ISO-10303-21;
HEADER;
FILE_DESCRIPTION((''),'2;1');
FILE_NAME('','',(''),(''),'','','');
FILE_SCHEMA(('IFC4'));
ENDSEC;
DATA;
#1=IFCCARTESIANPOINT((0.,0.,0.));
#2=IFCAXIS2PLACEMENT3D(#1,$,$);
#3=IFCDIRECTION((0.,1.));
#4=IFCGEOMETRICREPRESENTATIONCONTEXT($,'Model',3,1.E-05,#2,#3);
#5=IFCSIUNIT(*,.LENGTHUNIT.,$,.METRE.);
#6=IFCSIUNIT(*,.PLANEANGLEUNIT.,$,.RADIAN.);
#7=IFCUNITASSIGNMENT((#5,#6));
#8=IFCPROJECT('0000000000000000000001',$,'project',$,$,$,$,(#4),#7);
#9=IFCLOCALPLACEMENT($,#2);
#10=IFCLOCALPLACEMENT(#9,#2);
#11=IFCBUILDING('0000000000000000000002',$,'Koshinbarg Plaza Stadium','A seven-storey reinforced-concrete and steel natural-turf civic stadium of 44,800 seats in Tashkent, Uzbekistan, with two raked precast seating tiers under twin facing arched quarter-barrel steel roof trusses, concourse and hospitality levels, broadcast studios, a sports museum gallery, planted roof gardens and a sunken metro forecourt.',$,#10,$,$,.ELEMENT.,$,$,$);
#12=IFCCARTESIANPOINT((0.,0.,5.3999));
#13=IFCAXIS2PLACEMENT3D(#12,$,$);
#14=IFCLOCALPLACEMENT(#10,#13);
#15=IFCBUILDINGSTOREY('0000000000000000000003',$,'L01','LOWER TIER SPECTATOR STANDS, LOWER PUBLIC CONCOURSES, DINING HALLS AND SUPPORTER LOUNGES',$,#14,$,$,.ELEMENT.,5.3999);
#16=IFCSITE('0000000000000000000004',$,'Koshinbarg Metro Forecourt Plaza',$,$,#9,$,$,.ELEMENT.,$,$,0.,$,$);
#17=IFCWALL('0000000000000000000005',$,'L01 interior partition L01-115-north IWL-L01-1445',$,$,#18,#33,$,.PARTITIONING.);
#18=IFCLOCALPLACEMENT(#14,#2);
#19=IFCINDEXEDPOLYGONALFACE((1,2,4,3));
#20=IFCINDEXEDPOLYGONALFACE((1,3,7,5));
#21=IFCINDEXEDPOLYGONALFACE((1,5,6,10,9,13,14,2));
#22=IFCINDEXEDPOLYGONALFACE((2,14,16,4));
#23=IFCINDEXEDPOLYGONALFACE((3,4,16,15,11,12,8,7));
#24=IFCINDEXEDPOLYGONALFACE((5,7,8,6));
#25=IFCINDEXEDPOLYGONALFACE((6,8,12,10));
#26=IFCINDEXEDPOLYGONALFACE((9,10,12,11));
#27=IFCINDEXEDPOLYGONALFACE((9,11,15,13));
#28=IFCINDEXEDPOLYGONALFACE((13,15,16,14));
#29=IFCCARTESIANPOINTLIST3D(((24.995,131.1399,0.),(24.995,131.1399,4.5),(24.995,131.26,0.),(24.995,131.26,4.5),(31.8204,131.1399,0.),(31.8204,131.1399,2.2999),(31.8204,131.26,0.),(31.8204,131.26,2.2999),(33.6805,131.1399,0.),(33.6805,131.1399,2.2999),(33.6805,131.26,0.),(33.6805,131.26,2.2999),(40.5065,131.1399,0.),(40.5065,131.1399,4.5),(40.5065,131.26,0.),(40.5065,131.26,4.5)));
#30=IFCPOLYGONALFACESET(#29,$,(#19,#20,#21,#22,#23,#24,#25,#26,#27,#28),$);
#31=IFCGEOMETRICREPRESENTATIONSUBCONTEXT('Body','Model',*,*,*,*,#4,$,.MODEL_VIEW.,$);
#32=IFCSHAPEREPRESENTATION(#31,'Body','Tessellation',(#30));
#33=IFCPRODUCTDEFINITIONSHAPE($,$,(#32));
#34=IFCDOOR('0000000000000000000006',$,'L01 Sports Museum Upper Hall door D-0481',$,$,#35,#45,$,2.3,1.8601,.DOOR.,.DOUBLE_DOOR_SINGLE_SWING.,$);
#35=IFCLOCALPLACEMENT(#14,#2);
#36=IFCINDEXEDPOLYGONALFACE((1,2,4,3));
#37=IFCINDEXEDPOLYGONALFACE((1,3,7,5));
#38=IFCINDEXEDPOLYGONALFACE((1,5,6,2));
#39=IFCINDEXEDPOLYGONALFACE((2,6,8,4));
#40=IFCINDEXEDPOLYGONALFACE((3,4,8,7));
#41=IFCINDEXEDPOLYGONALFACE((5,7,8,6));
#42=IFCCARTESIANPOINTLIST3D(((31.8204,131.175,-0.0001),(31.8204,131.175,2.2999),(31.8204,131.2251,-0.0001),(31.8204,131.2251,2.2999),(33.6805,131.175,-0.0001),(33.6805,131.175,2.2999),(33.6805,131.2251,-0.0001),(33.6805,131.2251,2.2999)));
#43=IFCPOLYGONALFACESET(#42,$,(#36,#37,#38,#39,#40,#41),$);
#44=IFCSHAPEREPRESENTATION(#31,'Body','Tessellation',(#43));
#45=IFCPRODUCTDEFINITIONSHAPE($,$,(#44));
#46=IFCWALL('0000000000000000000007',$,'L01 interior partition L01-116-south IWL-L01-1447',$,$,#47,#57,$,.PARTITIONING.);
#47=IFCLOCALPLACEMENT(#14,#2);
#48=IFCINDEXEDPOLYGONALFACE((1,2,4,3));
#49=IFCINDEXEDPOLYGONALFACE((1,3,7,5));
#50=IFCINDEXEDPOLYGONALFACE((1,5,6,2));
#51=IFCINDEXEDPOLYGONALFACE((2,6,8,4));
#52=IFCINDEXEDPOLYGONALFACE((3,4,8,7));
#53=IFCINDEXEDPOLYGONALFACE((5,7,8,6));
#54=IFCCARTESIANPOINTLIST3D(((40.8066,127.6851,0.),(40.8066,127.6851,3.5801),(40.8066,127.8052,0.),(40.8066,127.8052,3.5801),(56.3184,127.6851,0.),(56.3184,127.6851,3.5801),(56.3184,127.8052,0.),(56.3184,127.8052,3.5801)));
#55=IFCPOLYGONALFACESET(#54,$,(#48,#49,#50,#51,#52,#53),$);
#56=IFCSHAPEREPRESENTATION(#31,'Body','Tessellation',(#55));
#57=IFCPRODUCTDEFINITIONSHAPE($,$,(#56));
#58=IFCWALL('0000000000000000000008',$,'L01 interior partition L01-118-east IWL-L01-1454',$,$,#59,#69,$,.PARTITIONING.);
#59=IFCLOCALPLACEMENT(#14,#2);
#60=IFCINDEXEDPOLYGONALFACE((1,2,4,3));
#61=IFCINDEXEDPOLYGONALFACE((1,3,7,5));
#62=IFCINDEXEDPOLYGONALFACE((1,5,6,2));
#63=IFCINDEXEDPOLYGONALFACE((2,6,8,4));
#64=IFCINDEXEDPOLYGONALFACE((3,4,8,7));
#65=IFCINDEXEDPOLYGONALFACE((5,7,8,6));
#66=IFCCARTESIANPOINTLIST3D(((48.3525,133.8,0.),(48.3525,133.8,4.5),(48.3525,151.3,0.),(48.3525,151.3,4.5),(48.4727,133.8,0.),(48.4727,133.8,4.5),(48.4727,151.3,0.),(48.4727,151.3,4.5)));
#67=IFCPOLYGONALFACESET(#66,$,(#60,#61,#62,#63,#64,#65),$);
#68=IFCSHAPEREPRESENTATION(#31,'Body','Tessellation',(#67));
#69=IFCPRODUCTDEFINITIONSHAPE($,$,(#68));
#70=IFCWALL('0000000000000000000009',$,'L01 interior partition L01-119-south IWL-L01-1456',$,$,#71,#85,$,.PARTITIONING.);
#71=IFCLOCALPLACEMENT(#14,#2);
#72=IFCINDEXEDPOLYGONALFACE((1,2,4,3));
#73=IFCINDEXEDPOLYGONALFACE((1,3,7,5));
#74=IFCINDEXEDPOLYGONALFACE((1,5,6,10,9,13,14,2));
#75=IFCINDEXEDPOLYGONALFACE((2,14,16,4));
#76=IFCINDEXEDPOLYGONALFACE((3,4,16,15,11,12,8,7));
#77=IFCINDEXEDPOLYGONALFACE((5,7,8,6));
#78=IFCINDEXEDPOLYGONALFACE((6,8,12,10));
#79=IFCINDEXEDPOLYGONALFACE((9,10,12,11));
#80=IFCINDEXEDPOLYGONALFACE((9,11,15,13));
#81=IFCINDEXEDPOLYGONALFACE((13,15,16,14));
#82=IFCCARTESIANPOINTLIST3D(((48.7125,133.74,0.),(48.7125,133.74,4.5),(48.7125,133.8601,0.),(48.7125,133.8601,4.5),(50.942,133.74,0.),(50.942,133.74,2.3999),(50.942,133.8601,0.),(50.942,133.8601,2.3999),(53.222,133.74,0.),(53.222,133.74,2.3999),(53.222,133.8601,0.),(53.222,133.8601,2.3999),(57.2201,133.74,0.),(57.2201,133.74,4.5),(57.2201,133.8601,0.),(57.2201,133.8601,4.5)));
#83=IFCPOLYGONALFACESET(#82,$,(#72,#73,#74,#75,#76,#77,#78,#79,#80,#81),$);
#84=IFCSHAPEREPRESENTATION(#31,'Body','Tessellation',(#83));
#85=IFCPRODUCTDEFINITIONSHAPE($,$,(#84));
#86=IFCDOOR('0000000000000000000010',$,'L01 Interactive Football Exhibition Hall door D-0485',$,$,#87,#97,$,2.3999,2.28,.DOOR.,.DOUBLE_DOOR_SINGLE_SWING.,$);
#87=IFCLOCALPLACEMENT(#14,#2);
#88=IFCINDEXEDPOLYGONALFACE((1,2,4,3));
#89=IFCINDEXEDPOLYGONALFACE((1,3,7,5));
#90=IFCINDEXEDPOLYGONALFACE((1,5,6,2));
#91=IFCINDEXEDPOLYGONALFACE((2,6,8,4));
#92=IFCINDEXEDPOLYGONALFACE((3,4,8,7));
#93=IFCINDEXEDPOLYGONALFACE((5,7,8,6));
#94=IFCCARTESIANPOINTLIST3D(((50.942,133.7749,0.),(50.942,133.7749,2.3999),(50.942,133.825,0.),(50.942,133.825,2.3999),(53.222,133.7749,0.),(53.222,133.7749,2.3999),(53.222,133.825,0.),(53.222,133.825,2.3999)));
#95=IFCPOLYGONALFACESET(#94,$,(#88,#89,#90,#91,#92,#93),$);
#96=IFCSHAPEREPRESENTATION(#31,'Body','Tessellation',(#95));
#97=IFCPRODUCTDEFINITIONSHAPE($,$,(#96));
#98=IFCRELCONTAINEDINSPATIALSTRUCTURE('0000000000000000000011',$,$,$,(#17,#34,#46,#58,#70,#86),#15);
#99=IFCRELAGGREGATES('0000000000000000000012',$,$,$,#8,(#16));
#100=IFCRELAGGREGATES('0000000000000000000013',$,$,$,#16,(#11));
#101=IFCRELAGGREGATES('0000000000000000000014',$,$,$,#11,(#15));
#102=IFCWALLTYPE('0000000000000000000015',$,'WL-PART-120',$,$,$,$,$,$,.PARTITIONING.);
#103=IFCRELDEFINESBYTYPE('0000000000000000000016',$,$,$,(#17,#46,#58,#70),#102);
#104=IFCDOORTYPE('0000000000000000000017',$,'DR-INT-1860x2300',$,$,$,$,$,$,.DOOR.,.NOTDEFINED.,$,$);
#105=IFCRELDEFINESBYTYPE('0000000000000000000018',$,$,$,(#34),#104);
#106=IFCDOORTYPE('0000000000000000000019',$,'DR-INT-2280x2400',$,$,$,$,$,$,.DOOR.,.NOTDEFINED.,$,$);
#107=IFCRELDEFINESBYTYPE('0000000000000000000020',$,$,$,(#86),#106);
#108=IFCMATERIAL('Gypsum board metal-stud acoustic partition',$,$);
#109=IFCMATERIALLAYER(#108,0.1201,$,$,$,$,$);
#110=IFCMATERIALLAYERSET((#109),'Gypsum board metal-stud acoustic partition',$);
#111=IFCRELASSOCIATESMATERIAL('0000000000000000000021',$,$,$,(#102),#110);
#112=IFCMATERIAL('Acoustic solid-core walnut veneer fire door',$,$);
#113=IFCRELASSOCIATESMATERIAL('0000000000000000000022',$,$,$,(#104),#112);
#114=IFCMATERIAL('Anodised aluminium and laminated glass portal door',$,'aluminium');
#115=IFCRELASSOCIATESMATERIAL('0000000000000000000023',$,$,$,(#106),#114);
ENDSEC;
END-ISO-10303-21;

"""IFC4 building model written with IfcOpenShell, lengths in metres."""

from ifc_helpers import new_model, si_unit, direction, frame, frame_2d, origin, place, context, subcontext, project, spatial, rectangle, extrude, material, layer, layer_set, type_object, element, fill, save


model = new_model("IFC4")

# Units and contexts
model_context = context("Model", 3, precision=1e-05, world=origin(), true_north=direction((0.0, 1.0)))
body_context = subcontext(model_context, "Body", "Model", "MODEL_VIEW")
ifc_project = project(units=[si_unit("LENGTHUNIT", "METRE"), si_unit("PLANEANGLEUNIT", "RADIAN")], contexts=[model_context])

# Site, building, storey
site_placement = place(None, origin())
site = spatial("IfcSite", under=ifc_project, at=site_placement, Name="Koshinbarg Metro Forecourt Plaza", CompositionType="ELEMENT", RefElevation=0.0)
building_placement = place(site_placement, origin())
building = spatial("IfcBuilding", under=site, at=building_placement, Name="Koshinbarg Plaza Stadium", Description="A seven-storey reinforced-concrete and steel natural-turf civic stadium of 44,800 seats in Tashkent, Uzbekistan, with two raked precast seating tiers under twin facing arched quarter-barrel steel roof trusses, concourse and hospitality levels, broadcast studios, a sports museum gallery, planted roof gardens and a sunken metro forecourt.", CompositionType="ELEMENT")
storey_placement = place(building_placement, frame((0.0, 0.0, 5.3999)))
storey = spatial("IfcBuildingStorey", under=building, at=storey_placement, Name="L01", Description="LOWER TIER SPECTATOR STANDS, LOWER PUBLIC CONCOURSES, DINING HALLS AND SUPPORTER LOUNGES", CompositionType="ELEMENT", Elevation=5.3999)

# Shared definitions
ifc_material_1 = material(Name="Gypsum board metal-stud acoustic partition")
ifc_layer_1 = layer(ifc_material_1, 0.1201)
ifc_layer_set_1 = layer_set([ifc_layer_1], Name="Gypsum board metal-stud acoustic partition")
wall_type_1 = type_object("IfcWallType", Name="WL-PART-120", PredefinedType="PARTITIONING", material=ifc_layer_set_1)

# Wall, opening, door
wall_1_placement = place(storey_placement, frame((40.5066, 131.2, 0.0), z_axis=(0.0, 0.0, 1.0), x_axis=(-1.0, 0.0, 0.0)))
wall_1 = element("IfcWall", 1, at=wall_1_placement, inside=storey, type_object=wall_type_1, Name="L01 interior partition L01-115-north IWL-L01-1445", PredefinedType="PARTITIONING", context=body_context, shape_type="SweptSolid", body=[
    extrude(rectangle(XDim=15.5115, YDim=0.1201, at=frame_2d((7.7559, 0.0))), origin(), (0.0, 0.0, 1.0), 4.5),
])
opening_1_placement = place(wall_1_placement, frame((6.8259, 0.0, 0.0)))
opening_1 = element("IfcOpeningElement", 2, at=opening_1_placement, cuts=wall_1, PredefinedType="OPENING", context=body_context, shape_type="SweptSolid", body=[
    extrude(rectangle(XDim=1.8601, YDim=2.3, at=frame_2d((0.9302, 1.1499))), frame((0.0, 0.0701, 0.0), z_axis=(0.0, -1.0, 0.0), x_axis=(1.0, 0.0, 0.0)), (0.0, 0.0, 1.0), 0.1401),
])
ifc_material_2 = material(Name="Acoustic solid-core walnut veneer fire door")
door_type_1 = type_object("IfcDoorType", Name="DR-INT-1860x2300", OperationType="NOTDEFINED", PredefinedType="DOOR", material=ifc_material_2)
door_1_placement = place(opening_1_placement, origin())
door_1 = element("IfcDoor", 3, at=door_1_placement, inside=storey, type_object=door_type_1, Name="L01 Sports Museum Upper Hall door D-0481", OperationType="DOUBLE_DOOR_SINGLE_SWING", OverallHeight=2.3, OverallWidth=1.8601, PredefinedType="DOOR", context=body_context, shape_type="SweptSolid", body=[
    extrude(rectangle(XDim=1.8601, YDim=2.3, at=frame_2d((0.9302, 1.1499))), frame((0.0, 0.0249, 0.0), z_axis=(0.0, -1.0, 0.0), x_axis=(1.0, 0.0, 0.0)), (0.0, 0.0, 1.0), 0.05),
])
fill(opening_1, door_1)

# Walls
wall_2_placement = place(storey_placement, frame((40.8066, 127.7451, 0.0), z_axis=(0.0, 0.0, 1.0), x_axis=(1.0, 0.0, 0.0)))
element("IfcWall", 4, at=wall_2_placement, inside=storey, type_object=wall_type_1, Name="L01 interior partition L01-116-south IWL-L01-1447", PredefinedType="PARTITIONING", context=body_context, shape_type="SweptSolid", body=[
    extrude(rectangle(XDim=15.5117, YDim=0.1201, at=frame_2d((7.7559, 0.0))), origin(), (0.0, 0.0, 1.0), 3.5801),
])
wall_3_placement = place(storey_placement, frame((48.4126, 133.8, 0.0), z_axis=(0.0, 0.0, 1.0), x_axis=(0.0, 1.0, 0.0)))
element("IfcWall", 5, at=wall_3_placement, inside=storey, type_object=wall_type_1, Name="L01 interior partition L01-118-east IWL-L01-1454", PredefinedType="PARTITIONING", context=body_context, shape_type="SweptSolid", body=[
    extrude(rectangle(XDim=17.5, YDim=0.1201, at=frame_2d((8.75, 0.0))), origin(), (0.0, 0.0, 1.0), 4.5),
])

# Wall, opening, door
wall_4_placement = place(storey_placement, frame((48.7124, 133.8, 0.0), z_axis=(0.0, 0.0, 1.0), x_axis=(1.0, 0.0, 0.0)))
wall_4 = element("IfcWall", 6, at=wall_4_placement, inside=storey, type_object=wall_type_1, Name="L01 interior partition L01-119-south IWL-L01-1456", PredefinedType="PARTITIONING", context=body_context, shape_type="SweptSolid", body=[
    extrude(rectangle(XDim=8.5076, YDim=0.1201, at=frame_2d((4.2539, 0.0))), origin(), (0.0, 0.0, 1.0), 4.5),
])
opening_2_placement = place(wall_4_placement, frame((2.2295, 0.0, 0.0)))
opening_2 = element("IfcOpeningElement", 7, at=opening_2_placement, cuts=wall_4, PredefinedType="OPENING", context=body_context, shape_type="SweptSolid", body=[
    extrude(rectangle(XDim=2.28, YDim=2.3999, at=frame_2d((1.1401, 1.2))), frame((0.0, 0.0701, 0.0), z_axis=(0.0, -1.0, 0.0), x_axis=(1.0, 0.0, 0.0)), (0.0, 0.0, 1.0), 0.1401),
])
ifc_material_3 = material(Name="Anodised aluminium and laminated glass portal door", Category="aluminium")
door_type_2 = type_object("IfcDoorType", Name="DR-INT-2280x2400", OperationType="NOTDEFINED", PredefinedType="DOOR", material=ifc_material_3)
door_2_placement = place(opening_2_placement, origin())
door_2 = element("IfcDoor", 8, at=door_2_placement, inside=storey, type_object=door_type_2, Name="L01 Interactive Football Exhibition Hall door D-0485", OperationType="DOUBLE_DOOR_SINGLE_SWING", OverallHeight=2.3999, OverallWidth=2.28, PredefinedType="DOOR", context=body_context, shape_type="SweptSolid", body=[
    extrude(rectangle(XDim=2.28, YDim=2.3999, at=frame_2d((1.1401, 1.2))), frame((0.0, 0.0249, 0.0), z_axis=(0.0, -1.0, 0.0), x_axis=(1.0, 0.0, 0.0)), (0.0, 0.0, 1.0), 0.05),
])
fill(opening_2, door_2)

save(model, "model.ifc")
